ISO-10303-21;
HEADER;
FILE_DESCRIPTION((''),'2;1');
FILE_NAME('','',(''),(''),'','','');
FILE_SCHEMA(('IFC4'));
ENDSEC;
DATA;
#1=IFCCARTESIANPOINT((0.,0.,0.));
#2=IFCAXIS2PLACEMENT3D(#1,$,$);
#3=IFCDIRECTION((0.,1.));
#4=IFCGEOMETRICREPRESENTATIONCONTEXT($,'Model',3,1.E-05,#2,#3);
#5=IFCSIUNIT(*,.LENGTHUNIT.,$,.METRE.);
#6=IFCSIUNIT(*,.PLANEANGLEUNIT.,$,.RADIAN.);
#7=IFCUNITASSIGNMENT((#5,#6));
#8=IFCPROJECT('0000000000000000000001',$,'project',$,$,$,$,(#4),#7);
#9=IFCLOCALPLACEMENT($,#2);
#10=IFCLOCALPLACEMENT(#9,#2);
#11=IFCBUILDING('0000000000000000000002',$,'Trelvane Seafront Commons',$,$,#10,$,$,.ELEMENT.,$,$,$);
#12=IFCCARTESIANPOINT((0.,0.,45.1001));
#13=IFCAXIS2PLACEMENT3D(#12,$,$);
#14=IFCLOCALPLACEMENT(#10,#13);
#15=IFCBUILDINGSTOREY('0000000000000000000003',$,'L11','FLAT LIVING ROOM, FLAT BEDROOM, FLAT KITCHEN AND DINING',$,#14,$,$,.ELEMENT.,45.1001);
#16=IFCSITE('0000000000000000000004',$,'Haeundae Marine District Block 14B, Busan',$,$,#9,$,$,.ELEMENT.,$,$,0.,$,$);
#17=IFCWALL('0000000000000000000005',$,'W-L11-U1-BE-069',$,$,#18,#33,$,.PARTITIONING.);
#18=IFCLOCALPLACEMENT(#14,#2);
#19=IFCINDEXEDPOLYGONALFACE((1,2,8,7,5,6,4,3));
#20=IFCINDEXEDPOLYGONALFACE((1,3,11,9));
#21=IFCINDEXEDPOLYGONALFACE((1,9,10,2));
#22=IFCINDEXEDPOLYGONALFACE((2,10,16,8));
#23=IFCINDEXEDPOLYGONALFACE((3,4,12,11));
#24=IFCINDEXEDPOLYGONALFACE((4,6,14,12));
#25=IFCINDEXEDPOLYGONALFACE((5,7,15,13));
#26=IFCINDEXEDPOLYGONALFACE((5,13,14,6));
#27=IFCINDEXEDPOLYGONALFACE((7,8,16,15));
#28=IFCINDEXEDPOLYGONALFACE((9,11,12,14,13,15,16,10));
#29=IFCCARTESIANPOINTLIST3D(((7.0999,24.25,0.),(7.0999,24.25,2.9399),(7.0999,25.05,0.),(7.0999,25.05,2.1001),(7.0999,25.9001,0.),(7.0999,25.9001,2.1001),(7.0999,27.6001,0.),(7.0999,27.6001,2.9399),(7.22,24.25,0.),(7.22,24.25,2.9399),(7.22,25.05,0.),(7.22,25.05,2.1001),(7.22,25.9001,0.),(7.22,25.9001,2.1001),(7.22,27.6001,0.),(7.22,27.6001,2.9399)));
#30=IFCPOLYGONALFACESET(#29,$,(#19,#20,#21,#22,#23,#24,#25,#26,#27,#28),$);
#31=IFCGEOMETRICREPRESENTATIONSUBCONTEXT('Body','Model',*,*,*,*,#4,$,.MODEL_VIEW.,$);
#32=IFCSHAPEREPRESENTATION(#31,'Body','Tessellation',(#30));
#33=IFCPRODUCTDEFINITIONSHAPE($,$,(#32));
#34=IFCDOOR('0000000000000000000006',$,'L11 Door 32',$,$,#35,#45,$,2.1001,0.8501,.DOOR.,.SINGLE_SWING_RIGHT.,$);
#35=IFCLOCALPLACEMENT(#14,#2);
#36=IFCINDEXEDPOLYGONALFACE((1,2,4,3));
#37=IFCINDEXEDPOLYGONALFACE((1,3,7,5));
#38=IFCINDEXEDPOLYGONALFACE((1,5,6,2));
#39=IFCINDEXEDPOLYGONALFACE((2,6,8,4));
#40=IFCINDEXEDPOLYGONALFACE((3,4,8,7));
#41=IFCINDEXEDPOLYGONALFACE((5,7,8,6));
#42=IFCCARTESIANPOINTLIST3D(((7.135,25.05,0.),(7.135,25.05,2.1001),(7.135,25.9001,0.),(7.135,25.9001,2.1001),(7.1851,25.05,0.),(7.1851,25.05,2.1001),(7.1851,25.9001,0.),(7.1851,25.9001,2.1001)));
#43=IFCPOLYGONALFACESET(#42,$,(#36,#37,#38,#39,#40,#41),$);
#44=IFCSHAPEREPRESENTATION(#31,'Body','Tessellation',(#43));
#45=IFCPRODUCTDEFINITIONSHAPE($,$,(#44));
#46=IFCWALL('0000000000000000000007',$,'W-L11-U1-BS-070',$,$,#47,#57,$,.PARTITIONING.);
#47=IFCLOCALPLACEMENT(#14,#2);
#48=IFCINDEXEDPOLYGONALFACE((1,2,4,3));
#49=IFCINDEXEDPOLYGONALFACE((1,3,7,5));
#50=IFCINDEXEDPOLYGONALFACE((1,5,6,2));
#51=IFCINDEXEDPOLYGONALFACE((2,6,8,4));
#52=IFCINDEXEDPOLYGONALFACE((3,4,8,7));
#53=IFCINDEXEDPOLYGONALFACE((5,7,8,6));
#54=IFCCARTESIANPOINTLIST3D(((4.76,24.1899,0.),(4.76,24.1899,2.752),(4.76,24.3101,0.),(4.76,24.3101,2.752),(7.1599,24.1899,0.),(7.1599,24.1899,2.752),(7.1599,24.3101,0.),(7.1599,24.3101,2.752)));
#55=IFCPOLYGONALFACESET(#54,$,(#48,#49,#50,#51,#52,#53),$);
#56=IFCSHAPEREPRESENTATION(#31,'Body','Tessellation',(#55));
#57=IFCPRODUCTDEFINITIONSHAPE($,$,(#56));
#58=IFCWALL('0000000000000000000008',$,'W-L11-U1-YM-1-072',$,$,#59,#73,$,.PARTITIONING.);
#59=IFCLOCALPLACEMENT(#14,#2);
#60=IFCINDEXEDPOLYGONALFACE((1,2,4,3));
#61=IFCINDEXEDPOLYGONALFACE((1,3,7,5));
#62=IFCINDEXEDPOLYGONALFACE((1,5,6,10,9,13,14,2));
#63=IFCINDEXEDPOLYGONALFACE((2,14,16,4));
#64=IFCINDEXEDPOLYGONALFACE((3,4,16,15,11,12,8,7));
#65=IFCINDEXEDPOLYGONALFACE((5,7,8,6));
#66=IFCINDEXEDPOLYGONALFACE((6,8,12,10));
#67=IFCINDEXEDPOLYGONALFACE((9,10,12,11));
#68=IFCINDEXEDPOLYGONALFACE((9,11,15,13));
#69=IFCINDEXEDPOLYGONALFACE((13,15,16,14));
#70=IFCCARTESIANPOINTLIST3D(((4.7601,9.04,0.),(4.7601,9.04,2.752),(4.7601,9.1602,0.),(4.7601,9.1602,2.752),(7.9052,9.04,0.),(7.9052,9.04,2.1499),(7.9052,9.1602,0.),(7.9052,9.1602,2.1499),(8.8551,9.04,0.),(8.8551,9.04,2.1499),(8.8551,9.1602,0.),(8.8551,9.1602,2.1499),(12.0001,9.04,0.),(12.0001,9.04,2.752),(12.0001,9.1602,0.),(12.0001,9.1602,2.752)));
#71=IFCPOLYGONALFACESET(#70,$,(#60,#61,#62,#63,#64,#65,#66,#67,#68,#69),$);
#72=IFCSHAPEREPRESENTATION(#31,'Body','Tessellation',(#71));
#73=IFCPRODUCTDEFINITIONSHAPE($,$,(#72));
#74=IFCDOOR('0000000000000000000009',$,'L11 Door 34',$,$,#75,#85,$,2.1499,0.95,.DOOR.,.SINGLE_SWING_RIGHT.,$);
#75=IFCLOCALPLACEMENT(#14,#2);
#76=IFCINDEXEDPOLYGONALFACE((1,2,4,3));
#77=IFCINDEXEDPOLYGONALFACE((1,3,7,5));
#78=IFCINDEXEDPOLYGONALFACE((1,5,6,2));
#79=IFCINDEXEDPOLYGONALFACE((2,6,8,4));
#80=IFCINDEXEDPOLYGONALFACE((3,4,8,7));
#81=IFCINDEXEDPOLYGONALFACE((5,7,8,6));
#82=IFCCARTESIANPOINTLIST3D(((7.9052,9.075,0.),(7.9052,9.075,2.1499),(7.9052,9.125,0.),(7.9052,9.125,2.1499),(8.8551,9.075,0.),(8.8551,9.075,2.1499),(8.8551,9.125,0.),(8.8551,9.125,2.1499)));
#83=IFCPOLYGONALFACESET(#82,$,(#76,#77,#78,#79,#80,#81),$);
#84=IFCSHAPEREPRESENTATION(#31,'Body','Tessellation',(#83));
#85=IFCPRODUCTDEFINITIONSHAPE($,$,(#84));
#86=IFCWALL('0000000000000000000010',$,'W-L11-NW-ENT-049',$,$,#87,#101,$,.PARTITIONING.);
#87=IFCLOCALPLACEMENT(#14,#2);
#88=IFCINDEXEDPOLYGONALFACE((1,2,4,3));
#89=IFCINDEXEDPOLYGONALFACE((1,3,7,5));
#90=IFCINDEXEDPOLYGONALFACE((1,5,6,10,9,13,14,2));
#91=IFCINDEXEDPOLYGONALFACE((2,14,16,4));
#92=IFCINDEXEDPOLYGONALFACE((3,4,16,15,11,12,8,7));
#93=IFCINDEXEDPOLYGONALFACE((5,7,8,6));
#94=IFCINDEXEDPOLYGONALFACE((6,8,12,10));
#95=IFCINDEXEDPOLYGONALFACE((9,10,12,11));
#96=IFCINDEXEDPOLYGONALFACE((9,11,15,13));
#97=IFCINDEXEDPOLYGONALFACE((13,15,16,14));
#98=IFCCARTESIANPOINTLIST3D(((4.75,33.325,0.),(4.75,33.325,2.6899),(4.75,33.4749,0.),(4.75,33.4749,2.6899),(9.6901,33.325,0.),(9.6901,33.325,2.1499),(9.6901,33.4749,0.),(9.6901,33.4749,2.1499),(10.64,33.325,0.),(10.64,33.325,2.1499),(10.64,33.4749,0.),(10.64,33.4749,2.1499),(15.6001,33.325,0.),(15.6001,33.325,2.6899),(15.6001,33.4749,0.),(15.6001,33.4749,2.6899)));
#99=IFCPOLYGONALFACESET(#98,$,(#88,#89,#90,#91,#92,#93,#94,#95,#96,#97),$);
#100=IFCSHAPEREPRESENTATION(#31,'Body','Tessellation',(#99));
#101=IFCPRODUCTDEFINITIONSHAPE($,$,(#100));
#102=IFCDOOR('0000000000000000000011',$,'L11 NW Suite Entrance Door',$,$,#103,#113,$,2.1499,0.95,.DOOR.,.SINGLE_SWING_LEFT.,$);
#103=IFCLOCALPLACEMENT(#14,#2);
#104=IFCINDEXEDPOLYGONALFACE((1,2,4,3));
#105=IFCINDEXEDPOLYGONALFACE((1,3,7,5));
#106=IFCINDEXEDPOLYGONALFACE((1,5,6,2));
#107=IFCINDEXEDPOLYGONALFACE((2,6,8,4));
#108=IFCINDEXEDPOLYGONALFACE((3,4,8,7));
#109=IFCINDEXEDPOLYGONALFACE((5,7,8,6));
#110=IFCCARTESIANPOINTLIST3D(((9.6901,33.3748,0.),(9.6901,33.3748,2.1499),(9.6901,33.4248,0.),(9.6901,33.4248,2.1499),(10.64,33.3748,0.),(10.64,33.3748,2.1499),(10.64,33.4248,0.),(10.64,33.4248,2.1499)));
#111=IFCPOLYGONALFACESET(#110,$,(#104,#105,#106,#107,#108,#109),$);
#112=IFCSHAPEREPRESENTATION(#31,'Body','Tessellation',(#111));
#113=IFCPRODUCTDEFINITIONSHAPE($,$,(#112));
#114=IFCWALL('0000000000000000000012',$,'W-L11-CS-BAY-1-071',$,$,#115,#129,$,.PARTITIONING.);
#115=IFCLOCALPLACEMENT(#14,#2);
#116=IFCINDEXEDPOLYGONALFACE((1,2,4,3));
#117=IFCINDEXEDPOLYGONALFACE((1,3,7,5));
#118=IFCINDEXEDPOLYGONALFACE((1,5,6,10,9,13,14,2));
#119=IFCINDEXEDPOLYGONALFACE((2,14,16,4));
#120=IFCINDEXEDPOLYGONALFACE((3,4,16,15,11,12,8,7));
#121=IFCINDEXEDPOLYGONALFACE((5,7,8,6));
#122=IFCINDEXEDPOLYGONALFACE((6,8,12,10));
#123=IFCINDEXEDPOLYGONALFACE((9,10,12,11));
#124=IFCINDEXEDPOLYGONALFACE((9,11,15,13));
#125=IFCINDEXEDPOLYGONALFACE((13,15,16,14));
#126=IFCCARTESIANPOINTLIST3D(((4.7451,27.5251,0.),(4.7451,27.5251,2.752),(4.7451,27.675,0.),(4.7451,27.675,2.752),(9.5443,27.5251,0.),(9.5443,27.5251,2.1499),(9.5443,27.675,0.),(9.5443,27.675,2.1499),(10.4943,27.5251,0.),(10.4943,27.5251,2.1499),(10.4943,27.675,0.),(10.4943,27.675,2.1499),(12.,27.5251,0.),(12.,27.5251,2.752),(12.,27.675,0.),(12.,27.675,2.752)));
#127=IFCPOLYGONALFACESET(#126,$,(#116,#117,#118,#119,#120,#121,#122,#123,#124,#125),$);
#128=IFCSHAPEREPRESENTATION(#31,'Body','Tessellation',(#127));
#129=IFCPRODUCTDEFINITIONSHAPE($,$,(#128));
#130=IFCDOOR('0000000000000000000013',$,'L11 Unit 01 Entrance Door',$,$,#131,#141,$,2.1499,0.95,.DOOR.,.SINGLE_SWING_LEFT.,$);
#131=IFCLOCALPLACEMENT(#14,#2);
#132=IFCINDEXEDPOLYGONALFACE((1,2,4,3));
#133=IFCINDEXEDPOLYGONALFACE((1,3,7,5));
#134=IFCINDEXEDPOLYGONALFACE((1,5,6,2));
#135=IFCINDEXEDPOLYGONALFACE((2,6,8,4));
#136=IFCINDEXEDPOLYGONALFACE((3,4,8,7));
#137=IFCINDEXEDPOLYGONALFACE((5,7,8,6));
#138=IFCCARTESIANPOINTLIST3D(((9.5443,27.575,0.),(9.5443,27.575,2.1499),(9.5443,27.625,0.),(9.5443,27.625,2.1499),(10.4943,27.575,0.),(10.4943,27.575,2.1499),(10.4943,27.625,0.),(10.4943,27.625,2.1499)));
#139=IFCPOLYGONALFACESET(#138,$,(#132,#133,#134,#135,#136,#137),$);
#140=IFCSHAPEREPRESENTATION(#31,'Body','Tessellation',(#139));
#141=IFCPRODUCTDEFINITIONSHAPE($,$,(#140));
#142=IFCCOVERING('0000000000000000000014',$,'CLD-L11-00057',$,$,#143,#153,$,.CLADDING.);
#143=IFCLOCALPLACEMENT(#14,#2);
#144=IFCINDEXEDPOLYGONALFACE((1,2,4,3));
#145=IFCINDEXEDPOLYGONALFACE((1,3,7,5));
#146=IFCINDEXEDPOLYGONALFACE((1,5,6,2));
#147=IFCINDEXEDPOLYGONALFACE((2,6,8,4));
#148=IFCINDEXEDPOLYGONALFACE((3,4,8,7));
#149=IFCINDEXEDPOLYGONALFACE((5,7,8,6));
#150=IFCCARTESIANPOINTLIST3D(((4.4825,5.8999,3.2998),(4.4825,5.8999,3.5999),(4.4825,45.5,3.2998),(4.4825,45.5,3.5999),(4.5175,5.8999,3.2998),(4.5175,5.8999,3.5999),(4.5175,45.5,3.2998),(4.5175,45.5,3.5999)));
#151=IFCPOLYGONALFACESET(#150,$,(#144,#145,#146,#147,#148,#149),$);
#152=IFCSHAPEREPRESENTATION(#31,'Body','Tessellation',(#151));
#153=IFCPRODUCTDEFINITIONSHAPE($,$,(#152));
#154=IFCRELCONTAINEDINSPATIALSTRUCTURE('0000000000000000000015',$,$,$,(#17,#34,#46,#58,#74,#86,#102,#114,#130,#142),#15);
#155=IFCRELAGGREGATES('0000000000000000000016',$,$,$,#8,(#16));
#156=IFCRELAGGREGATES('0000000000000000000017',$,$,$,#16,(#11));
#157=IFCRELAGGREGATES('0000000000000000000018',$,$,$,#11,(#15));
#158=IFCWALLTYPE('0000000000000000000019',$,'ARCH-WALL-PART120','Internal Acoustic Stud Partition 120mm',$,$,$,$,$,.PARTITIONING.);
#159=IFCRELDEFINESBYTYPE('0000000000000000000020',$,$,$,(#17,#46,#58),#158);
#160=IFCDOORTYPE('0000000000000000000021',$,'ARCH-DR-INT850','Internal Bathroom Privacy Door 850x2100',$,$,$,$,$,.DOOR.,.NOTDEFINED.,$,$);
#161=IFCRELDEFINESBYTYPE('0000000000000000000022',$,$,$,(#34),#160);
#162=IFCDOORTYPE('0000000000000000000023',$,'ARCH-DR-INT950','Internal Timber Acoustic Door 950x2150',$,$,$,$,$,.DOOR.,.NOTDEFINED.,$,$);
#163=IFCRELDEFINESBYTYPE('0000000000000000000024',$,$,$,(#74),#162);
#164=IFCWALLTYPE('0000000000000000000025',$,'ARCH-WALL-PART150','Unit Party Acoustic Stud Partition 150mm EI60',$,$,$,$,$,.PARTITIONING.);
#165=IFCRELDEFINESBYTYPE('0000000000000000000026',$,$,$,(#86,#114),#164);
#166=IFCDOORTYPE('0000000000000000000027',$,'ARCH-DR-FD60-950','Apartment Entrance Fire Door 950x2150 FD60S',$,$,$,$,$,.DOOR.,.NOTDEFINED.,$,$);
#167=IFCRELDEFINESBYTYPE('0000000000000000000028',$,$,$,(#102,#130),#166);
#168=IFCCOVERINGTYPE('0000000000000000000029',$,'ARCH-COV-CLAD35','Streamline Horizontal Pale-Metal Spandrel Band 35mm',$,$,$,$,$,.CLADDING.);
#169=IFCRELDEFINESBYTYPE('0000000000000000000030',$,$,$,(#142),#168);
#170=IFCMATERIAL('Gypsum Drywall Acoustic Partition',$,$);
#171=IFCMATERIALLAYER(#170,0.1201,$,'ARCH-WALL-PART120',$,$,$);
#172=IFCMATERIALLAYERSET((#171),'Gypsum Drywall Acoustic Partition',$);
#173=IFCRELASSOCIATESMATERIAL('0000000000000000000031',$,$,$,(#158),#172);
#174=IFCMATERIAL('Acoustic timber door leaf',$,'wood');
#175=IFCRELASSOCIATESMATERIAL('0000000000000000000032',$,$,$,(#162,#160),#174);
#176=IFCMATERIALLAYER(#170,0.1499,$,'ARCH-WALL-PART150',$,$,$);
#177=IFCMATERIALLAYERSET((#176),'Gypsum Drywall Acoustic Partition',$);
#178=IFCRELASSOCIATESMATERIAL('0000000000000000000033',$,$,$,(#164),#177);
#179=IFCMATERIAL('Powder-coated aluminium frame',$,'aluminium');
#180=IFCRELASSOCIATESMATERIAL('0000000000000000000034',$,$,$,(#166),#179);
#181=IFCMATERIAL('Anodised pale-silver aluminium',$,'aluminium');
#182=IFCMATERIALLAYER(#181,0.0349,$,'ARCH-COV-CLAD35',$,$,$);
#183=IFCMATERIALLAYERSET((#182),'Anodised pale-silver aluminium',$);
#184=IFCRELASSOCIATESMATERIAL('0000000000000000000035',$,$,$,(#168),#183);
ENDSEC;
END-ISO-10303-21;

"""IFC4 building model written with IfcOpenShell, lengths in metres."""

from ifc_helpers import new_model, si_unit, direction, frame, frame_2d, origin, origin_2d, place, context, subcontext, project, spatial, rectangle, extrude, source, transform, mapped, material, layer, layer_set, type_object, element, fill, save


model = new_model("IFC4")

# Units and contexts
model_context = context("Model", 3, precision=1e-05, world=origin(), true_north=direction((0.0, 1.0)))
body_context = subcontext(model_context, "Body", "Model", "MODEL_VIEW")
ifc_project = project(units=[si_unit("LENGTHUNIT", "METRE"), si_unit("PLANEANGLEUNIT", "RADIAN")], contexts=[model_context])

# Site, building, storey
site_placement = place(None, origin())
site = spatial("IfcSite", under=ifc_project, at=site_placement, Name="Haeundae Marine District Block 14B, Busan", CompositionType="ELEMENT", RefElevation=0.0)
building_placement = place(site_placement, origin())
building = spatial("IfcBuilding", under=site, at=building_placement, Name="Trelvane Seafront Commons", CompositionType="ELEMENT")
storey_placement = place(building_placement, frame((0.0, 0.0, 45.1001)))
storey = spatial("IfcBuildingStorey", under=building, at=storey_placement, Name="L11", Description="FLAT LIVING ROOM, FLAT BEDROOM, FLAT KITCHEN AND DINING", CompositionType="ELEMENT", Elevation=45.1001)

# Wall, opening, door
ifc_material_1 = material(Name="Gypsum Drywall Acoustic Partition")
ifc_layer_1 = layer(ifc_material_1, 0.1201, Name="ARCH-WALL-PART120")
ifc_layer_set_1 = layer_set([ifc_layer_1], Name="Gypsum Drywall Acoustic Partition")
wall_type_1 = type_object("IfcWallType", Name="ARCH-WALL-PART120", Description="Internal Acoustic Stud Partition 120mm", PredefinedType="PARTITIONING", material=ifc_layer_set_1)
ifc_material_2 = material(Name="Acoustic timber door leaf", Category="wood")
door_type_1 = type_object("IfcDoorType", Name="ARCH-DR-INT950", Description="Internal Timber Acoustic Door 950x2150", OperationType="NOTDEFINED", PredefinedType="DOOR", material=ifc_material_2)
shared_shape_1 = source(origin(), body_context, "Body", "SweptSolid", [
    extrude(rectangle(XDim=0.95, YDim=2.1499, at=frame_2d((0.4751, 1.075))), frame((0.0, 0.0249, 0.0), z_axis=(0.0, -1.0, 0.0), x_axis=(1.0, 0.0, 0.0)), (0.0, 0.0, 1.0), 0.05),
])
wall_1_placement = place(storey_placement, frame((7.1599, 24.25, 0.0), z_axis=(0.0, 0.0, 1.0), x_axis=(0.0, 1.0, 0.0)))
wall_1 = element("IfcWall", 1, at=wall_1_placement, inside=storey, type_object=wall_type_1, Name="W-L11-U1-BE-069", PredefinedType="PARTITIONING", context=body_context, shape_type="SweptSolid", body=[
    extrude(rectangle(XDim=3.3501, YDim=0.1201, at=frame_2d((1.675, 0.0))), origin(), (0.0, 0.0, 1.0), 2.9399),
])
opening_1_placement = place(wall_1_placement, frame((0.8, 0.0, 0.0)))
opening_1 = element("IfcOpeningElement", 2, at=opening_1_placement, cuts=wall_1, PredefinedType="OPENING", context=body_context, shape_type="SweptSolid", body=[
    extrude(rectangle(XDim=0.8501, YDim=2.1001, at=frame_2d((0.425, 1.05))), frame((0.0, 0.0701, 0.0), z_axis=(0.0, -1.0, 0.0), x_axis=(1.0, 0.0, 0.0)), (0.0, 0.0, 1.0), 0.1401),
])
door_type_2 = type_object("IfcDoorType", Name="ARCH-DR-INT850", Description="Internal Bathroom Privacy Door 850x2100", OperationType="NOTDEFINED", PredefinedType="DOOR", material=ifc_material_2)
shared_shape_2 = source(origin(), body_context, "Body", "SweptSolid", [
    extrude(rectangle(XDim=0.8501, YDim=2.1001, at=frame_2d((0.425, 1.05))), frame((0.0, 0.0249, 0.0), z_axis=(0.0, -1.0, 0.0), x_axis=(1.0, 0.0, 0.0)), (0.0, 0.0, 1.0), 0.05),
])
door_1_placement = place(opening_1_placement, origin())
door_1 = element("IfcDoor", 3, at=door_1_placement, inside=storey, type_object=door_type_2, Name="L11 Door 32", OperationType="SINGLE_SWING_RIGHT", OverallHeight=2.1001, OverallWidth=0.8501, PredefinedType="DOOR", context=body_context, shape_type="MappedRepresentation", body=[
    mapped(shared_shape_2, transform((0.0, 0.0, 0.0), x_axis=(1.0, 0.0, 0.0), y_axis=(0.0, 1.0, 0.0), z_axis=(0.0, 0.0, 1.0), scale=1.0)),
])
fill(opening_1, door_1)

# Wall
wall_2_placement = place(storey_placement, frame((4.76, 24.25, 0.0), z_axis=(0.0, 0.0, 1.0), x_axis=(1.0, 0.0, 0.0)))
element("IfcWall", 4, at=wall_2_placement, inside=storey, type_object=wall_type_1, Name="W-L11-U1-BS-070", PredefinedType="PARTITIONING", context=body_context, shape_type="SweptSolid", body=[
    extrude(rectangle(XDim=2.3999, YDim=0.1201, at=frame_2d((1.2, 0.0))), origin(), (0.0, 0.0, 1.0), 2.752),
])

# Walls, openings, doors
wall_3_placement = place(storey_placement, frame((4.76, 9.1001, 0.0), z_axis=(0.0, 0.0, 1.0), x_axis=(1.0, 0.0, 0.0)))
wall_3 = element("IfcWall", 5, at=wall_3_placement, inside=storey, type_object=wall_type_1, Name="W-L11-U1-YM-1-072", PredefinedType="PARTITIONING", context=body_context, shape_type="SweptSolid", body=[
    extrude(rectangle(XDim=7.24, YDim=0.1201, at=frame_2d((3.6201, 0.0))), origin(), (0.0, 0.0, 1.0), 2.752),
])
opening_2_placement = place(wall_3_placement, frame((3.145, 0.0, 0.0)))
opening_2 = element("IfcOpeningElement", 6, at=opening_2_placement, cuts=wall_3, PredefinedType="OPENING", context=body_context, shape_type="SweptSolid", body=[
    extrude(rectangle(XDim=0.95, YDim=2.1499, at=frame_2d((0.4751, 1.075))), frame((0.0, 0.0701, 0.0), z_axis=(0.0, -1.0, 0.0), x_axis=(1.0, 0.0, 0.0)), (0.0, 0.0, 1.0), 0.1401),
])
door_2_placement = place(opening_2_placement, origin())
door_2 = element("IfcDoor", 7, at=door_2_placement, inside=storey, type_object=door_type_1, Name="L11 Door 34", OperationType="SINGLE_SWING_RIGHT", OverallHeight=2.1499, OverallWidth=0.95, PredefinedType="DOOR", context=body_context, shape_type="MappedRepresentation", body=[
    mapped(shared_shape_1, transform((0.0, 0.0, 0.0), x_axis=(1.0, 0.0, 0.0), y_axis=(0.0, 1.0, 0.0), z_axis=(0.0, 0.0, 1.0), scale=1.0)),
])
fill(opening_2, door_2)
ifc_layer_2 = layer(ifc_material_1, 0.1499, Name="ARCH-WALL-PART150")
ifc_layer_set_2 = layer_set([ifc_layer_2], Name="Gypsum Drywall Acoustic Partition")
wall_type_2 = type_object("IfcWallType", Name="ARCH-WALL-PART150", Description="Unit Party Acoustic Stud Partition 150mm EI60", PredefinedType="PARTITIONING", material=ifc_layer_set_2)
wall_4_placement = place(storey_placement, frame((4.75, 33.3999, 0.0), z_axis=(0.0, 0.0, 1.0), x_axis=(1.0, 0.0, 0.0)))
wall_4 = element("IfcWall", 8, at=wall_4_placement, inside=storey, type_object=wall_type_2, Name="W-L11-NW-ENT-049", PredefinedType="PARTITIONING", context=body_context, shape_type="SweptSolid", body=[
    extrude(rectangle(XDim=10.8501, YDim=0.1499, at=frame_2d((5.425, 0.0))), origin(), (0.0, 0.0, 1.0), 2.6899),
])
opening_3_placement = place(wall_4_placement, frame((4.9399, 0.0, 0.0)))
opening_3 = element("IfcOpeningElement", 9, at=opening_3_placement, cuts=wall_4, PredefinedType="OPENING", context=body_context, shape_type="SweptSolid", body=[
    extrude(rectangle(XDim=0.95, YDim=2.1499, at=frame_2d((0.4751, 1.075))), frame((0.0, 0.085, 0.0), z_axis=(0.0, -1.0, 0.0), x_axis=(1.0, 0.0, 0.0)), (0.0, 0.0, 1.0), 0.1699),
])
ifc_material_3 = material(Name="Powder-coated aluminium frame", Category="aluminium")
door_type_3 = type_object("IfcDoorType", Name="ARCH-DR-FD60-950", Description="Apartment Entrance Fire Door 950x2150 FD60S", OperationType="NOTDEFINED", PredefinedType="DOOR", material=ifc_material_3)
door_3_placement = place(opening_3_placement, origin())
door_3 = element("IfcDoor", 10, at=door_3_placement, inside=storey, type_object=door_type_3, Name="L11 NW Suite Entrance Door", OperationType="SINGLE_SWING_LEFT", OverallHeight=2.1499, OverallWidth=0.95, PredefinedType="DOOR", context=body_context, shape_type="MappedRepresentation", body=[
    mapped(shared_shape_1, transform((0.0, 0.0, 0.0), x_axis=(1.0, 0.0, 0.0), y_axis=(0.0, 1.0, 0.0), z_axis=(0.0, 0.0, 1.0), scale=1.0)),
])
fill(opening_3, door_3)
wall_5_placement = place(storey_placement, frame((4.7451, 27.6001, 0.0), z_axis=(0.0, 0.0, 1.0), x_axis=(1.0, 0.0, 0.0)))
wall_5 = element("IfcWall", 11, at=wall_5_placement, inside=storey, type_object=wall_type_2, Name="W-L11-CS-BAY-1-071", PredefinedType="PARTITIONING", context=body_context, shape_type="SweptSolid", body=[
    extrude(rectangle(XDim=7.2549, YDim=0.1499, at=frame_2d((3.6274, 0.0))), origin(), (0.0, 0.0, 1.0), 2.752),
])
opening_4_placement = place(wall_5_placement, frame((4.7991, 0.0, 0.0)))
opening_4 = element("IfcOpeningElement", 12, at=opening_4_placement, cuts=wall_5, PredefinedType="OPENING", context=body_context, shape_type="SweptSolid", body=[
    extrude(rectangle(XDim=0.95, YDim=2.1499, at=frame_2d((0.4751, 1.075))), frame((0.0, 0.085, 0.0), z_axis=(0.0, -1.0, 0.0), x_axis=(1.0, 0.0, 0.0)), (0.0, 0.0, 1.0), 0.1699),
])
door_4_placement = place(opening_4_placement, origin())
door_4 = element("IfcDoor", 13, at=door_4_placement, inside=storey, type_object=door_type_3, Name="L11 Unit 01 Entrance Door", OperationType="SINGLE_SWING_LEFT", OverallHeight=2.1499, OverallWidth=0.95, PredefinedType="DOOR", context=body_context, shape_type="MappedRepresentation", body=[
    mapped(shared_shape_1, transform((0.0, 0.0, 0.0), x_axis=(1.0, 0.0, 0.0), y_axis=(0.0, 1.0, 0.0), z_axis=(0.0, 0.0, 1.0), scale=1.0)),
])
fill(opening_4, door_4)

# Covering
ifc_material_4 = material(Name="Anodised pale-silver aluminium", Category="aluminium")
ifc_layer_3 = layer(ifc_material_4, 0.0349, Name="ARCH-COV-CLAD35")
ifc_layer_set_3 = layer_set([ifc_layer_3], Name="Anodised pale-silver aluminium")
covering_type = type_object("IfcCoveringType", Name="ARCH-COV-CLAD35", Description="Streamline Horizontal Pale-Metal Spandrel Band 35mm", PredefinedType="CLADDING", material=ifc_layer_set_3)
shared_shape_3 = source(origin(), body_context, "Body", "SweptSolid", [
    extrude(rectangle(XDim=39.6001, YDim=0.0349, at=origin_2d()), origin(), (0.0, 0.0, 1.0), 0.3),
])
covering_placement = place(storey_placement, frame((4.5, 25.7, 3.2998), z_axis=(0.0, 0.0, 1.0), x_axis=(0.0, 1.0, 0.0)))
element("IfcCovering", 14, at=covering_placement, inside=storey, type_object=covering_type, Name="CLD-L11-00057", PredefinedType="CLADDING", context=body_context, shape_type="MappedRepresentation", body=[
    mapped(shared_shape_3, transform((0.0, 0.0, 0.0), x_axis=(1.0, 0.0, 0.0), y_axis=(0.0, 1.0, 0.0), z_axis=(0.0, 0.0, 1.0), scale=1.0)),
])

save(model, "model.ifc")
